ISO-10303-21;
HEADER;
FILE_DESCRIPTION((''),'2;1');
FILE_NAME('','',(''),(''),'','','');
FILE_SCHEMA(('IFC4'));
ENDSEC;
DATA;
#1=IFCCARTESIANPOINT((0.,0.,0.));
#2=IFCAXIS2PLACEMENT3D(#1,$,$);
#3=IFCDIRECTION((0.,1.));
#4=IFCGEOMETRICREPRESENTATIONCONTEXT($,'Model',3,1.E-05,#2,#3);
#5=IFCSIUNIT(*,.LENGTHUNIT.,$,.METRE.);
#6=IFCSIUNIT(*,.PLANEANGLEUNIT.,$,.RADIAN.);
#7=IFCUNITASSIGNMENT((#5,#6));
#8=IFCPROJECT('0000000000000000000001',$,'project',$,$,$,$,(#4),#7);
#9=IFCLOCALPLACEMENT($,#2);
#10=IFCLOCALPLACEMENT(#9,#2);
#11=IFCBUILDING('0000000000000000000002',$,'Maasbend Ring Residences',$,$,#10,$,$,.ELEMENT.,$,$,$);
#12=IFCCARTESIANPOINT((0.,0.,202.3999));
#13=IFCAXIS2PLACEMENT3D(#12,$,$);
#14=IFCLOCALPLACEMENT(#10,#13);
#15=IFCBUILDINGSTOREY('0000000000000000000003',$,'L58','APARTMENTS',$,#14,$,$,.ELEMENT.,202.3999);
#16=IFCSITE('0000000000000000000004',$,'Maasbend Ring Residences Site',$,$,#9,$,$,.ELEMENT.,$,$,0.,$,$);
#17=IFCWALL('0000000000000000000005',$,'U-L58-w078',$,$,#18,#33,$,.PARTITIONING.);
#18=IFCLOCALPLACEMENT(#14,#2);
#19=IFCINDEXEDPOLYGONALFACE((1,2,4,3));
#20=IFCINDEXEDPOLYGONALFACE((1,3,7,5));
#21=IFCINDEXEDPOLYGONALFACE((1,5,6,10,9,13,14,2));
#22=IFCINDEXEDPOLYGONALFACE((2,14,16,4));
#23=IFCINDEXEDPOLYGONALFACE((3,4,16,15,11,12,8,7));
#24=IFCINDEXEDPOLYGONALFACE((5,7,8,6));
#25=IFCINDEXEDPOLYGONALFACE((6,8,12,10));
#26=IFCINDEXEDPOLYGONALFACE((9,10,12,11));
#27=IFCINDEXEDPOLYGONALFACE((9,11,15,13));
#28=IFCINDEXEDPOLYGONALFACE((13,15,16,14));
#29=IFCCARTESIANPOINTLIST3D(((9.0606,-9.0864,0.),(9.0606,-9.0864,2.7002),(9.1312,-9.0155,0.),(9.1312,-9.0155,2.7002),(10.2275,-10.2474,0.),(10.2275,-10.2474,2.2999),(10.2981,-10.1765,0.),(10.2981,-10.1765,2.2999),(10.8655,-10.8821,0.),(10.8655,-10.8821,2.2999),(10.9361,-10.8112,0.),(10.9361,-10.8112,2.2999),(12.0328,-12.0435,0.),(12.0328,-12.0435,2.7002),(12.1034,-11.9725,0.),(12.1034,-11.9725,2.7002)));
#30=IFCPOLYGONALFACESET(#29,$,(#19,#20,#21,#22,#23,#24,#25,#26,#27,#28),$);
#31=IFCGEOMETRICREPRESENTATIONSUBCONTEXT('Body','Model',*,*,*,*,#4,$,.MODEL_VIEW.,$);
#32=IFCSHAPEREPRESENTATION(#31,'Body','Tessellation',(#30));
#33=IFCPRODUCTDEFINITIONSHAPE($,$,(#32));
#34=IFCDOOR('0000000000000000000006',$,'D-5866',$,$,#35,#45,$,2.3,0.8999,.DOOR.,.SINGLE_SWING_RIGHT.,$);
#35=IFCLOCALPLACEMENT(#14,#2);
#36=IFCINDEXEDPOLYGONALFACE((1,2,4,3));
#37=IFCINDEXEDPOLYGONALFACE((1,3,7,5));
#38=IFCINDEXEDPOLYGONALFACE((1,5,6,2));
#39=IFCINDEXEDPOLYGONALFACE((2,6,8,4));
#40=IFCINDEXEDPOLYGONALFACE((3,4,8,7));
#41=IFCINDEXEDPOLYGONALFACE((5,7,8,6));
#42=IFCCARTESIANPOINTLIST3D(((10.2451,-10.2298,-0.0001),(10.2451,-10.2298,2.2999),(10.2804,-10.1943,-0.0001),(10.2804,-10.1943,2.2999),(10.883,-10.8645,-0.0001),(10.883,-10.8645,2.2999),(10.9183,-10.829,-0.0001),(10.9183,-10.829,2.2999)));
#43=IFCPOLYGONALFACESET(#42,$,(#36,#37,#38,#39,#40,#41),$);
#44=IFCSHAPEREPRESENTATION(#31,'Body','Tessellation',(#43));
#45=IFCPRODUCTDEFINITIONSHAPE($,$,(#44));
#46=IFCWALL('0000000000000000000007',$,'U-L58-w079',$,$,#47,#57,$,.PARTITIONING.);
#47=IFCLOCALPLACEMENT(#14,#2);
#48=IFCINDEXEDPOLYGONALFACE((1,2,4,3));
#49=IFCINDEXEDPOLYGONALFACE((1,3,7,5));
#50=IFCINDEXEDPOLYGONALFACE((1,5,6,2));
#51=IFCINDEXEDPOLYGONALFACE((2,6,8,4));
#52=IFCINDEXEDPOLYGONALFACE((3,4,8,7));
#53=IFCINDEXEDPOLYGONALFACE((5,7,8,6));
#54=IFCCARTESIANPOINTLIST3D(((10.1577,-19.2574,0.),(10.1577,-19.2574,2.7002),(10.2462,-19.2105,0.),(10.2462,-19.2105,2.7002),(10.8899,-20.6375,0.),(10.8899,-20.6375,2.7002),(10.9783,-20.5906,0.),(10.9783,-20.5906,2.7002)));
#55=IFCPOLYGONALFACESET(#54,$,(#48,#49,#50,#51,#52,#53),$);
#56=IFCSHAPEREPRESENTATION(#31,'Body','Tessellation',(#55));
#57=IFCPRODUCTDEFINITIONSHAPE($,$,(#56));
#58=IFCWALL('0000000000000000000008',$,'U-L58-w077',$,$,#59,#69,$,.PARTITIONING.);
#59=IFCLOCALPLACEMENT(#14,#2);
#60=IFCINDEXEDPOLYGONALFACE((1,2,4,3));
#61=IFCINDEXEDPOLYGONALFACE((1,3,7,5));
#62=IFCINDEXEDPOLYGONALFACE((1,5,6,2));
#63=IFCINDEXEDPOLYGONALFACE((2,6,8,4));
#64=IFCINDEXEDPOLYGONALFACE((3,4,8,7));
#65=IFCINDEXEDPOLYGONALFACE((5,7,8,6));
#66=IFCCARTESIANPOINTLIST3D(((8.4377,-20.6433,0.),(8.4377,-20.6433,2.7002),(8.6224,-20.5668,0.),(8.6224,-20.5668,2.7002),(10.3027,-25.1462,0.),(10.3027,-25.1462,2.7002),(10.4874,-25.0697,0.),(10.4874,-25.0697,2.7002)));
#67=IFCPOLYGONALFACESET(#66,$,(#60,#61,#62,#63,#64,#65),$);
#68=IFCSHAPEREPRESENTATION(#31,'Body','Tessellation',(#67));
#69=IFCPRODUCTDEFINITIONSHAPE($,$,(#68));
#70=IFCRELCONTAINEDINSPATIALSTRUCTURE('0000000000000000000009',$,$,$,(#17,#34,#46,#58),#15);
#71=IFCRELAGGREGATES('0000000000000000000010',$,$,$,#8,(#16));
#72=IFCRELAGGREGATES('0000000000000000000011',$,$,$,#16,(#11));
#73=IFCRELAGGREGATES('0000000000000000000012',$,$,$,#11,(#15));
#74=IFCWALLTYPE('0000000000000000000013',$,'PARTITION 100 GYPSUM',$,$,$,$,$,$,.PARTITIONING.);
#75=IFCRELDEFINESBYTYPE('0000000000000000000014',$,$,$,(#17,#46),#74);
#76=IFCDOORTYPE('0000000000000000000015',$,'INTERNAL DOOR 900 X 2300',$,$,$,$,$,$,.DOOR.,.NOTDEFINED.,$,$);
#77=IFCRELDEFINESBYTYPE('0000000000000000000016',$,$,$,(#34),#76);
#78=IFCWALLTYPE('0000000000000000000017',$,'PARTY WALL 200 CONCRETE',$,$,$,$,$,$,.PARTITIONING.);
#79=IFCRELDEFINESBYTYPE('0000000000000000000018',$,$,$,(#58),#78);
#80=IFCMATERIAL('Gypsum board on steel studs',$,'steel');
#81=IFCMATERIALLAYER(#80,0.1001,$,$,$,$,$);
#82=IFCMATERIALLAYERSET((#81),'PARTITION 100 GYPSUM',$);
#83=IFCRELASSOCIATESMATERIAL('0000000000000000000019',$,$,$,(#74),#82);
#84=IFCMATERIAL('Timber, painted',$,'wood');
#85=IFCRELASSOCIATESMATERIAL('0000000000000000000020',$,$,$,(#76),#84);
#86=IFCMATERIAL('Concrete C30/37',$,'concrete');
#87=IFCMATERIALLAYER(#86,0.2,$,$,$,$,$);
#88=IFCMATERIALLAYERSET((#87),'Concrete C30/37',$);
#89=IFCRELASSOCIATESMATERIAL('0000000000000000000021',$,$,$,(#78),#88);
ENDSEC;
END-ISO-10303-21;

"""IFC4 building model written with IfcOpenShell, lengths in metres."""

from ifc_helpers import new_model, si_unit, direction, frame, frame_2d, origin, place, context, subcontext, project, spatial, rectangle, extrude, material, layer, layer_set, type_object, element, fill, save


model = new_model("IFC4")

# Units and contexts
model_context = context("Model", 3, precision=1e-05, world=origin(), true_north=direction((0.0, 1.0)))
body_context = subcontext(model_context, "Body", "Model", "MODEL_VIEW")
ifc_project = project(units=[si_unit("LENGTHUNIT", "METRE"), si_unit("PLANEANGLEUNIT", "RADIAN")], contexts=[model_context])

# Site, building, storey
site_placement = place(None, origin())
site = spatial("IfcSite", under=ifc_project, at=site_placement, Name="Maasbend Ring Residences Site", CompositionType="ELEMENT", RefElevation=0.0)
building_placement = place(site_placement, origin())
building = spatial("IfcBuilding", under=site, at=building_placement, Name="Maasbend Ring Residences", CompositionType="ELEMENT")
storey_placement = place(building_placement, frame((0.0, 0.0, 202.3999)))
storey = spatial("IfcBuildingStorey", under=building, at=storey_placement, Name="L58", Description="APARTMENTS", CompositionType="ELEMENT", Elevation=202.3999)

# Shared definitions
ifc_material_1 = material(Name="Gypsum board on steel studs", Category="steel")
ifc_layer_1 = layer(ifc_material_1, 0.1001)
ifc_layer_set_1 = layer_set([ifc_layer_1], Name="PARTITION 100 GYPSUM")
wall_type_1 = type_object("IfcWallType", Name="PARTITION 100 GYPSUM", PredefinedType="PARTITIONING", material=ifc_layer_set_1)

# Wall, opening, door
ifc_material_2 = material(Name="Timber, painted", Category="wood")
door_type_1 = type_object("IfcDoorType", Name="INTERNAL DOOR 900 X 2300", OperationType="NOTDEFINED", PredefinedType="DOOR", material=ifc_material_2)
wall_1_placement = place(storey_placement, frame((9.0959, -9.051, 0.0), z_axis=(0.0, 0.0, 1.0), x_axis=(0.70891, -0.705299, 0.0)))
wall_1 = element("IfcWall", 1, at=wall_1_placement, inside=storey, type_object=wall_type_1, Name="U-L58-w078", PredefinedType="PARTITIONING", context=body_context, shape_type="SweptSolid", body=[
    extrude(rectangle(XDim=4.1926, YDim=0.1001, at=frame_2d((2.0962, 0.0))), origin(), (0.0, 0.0, 1.0), 2.7002),
])
opening_1_placement = place(wall_1_placement, frame((1.646, 0.0, 0.0)))
opening_1 = element("IfcOpeningElement", 2, at=opening_1_placement, cuts=wall_1, PredefinedType="OPENING", context=body_context, shape_type="SweptSolid", body=[
    extrude(rectangle(XDim=0.8999, YDim=2.3, at=frame_2d((0.45, 1.1499))), frame((0.0, 0.0601, 0.0), z_axis=(0.0, -1.0, 0.0), x_axis=(1.0, 0.0, 0.0)), (0.0, 0.0, 1.0), 0.1201),
])
door_1_placement = place(opening_1_placement, origin())
door_1 = element("IfcDoor", 3, at=door_1_placement, inside=storey, type_object=door_type_1, Name="D-5866", OperationType="SINGLE_SWING_RIGHT", OverallHeight=2.3, OverallWidth=0.8999, PredefinedType="DOOR", context=body_context, shape_type="SweptSolid", body=[
    extrude(rectangle(XDim=0.8999, YDim=2.3, at=frame_2d((0.45, 1.1499))), frame((0.0, 0.0249, 0.0), z_axis=(0.0, -1.0, 0.0), x_axis=(1.0, 0.0, 0.0)), (0.0, 0.0, 1.0), 0.05),
])
fill(opening_1, door_1)

# Walls
wall_2_placement = place(storey_placement, frame((10.2019, -19.2339, 0.0), z_axis=(0.0, 0.0, 1.0), x_axis=(0.468649, -0.883385, 0.0)))
element("IfcWall", 4, at=wall_2_placement, inside=storey, type_object=wall_type_1, Name="U-L58-w079", PredefinedType="PARTITIONING", context=body_context, shape_type="SweptSolid", body=[
    extrude(rectangle(XDim=1.5623, YDim=0.1001, at=frame_2d((0.7812, 0.0))), origin(), (0.0, 0.0, 1.0), 2.7002),
])
ifc_material_3 = material(Name="Concrete C30/37", Category="concrete")
ifc_layer_2 = layer(ifc_material_3, 0.2)
ifc_layer_set_2 = layer_set([ifc_layer_2], Name="Concrete C30/37")
wall_type_2 = type_object("IfcWallType", Name="PARTY WALL 200 CONCRETE", PredefinedType="PARTITIONING", material=ifc_layer_set_2)
wall_3_placement = place(storey_placement, frame((8.53, -20.605, 0.0), z_axis=(0.0, 0.0, 1.0), x_axis=(0.382651, -0.923893, 0.0)))
element("IfcWall", 5, at=wall_3_placement, inside=storey, type_object=wall_type_2, Name="U-L58-w077", PredefinedType="PARTITIONING", context=body_context, shape_type="SweptSolid", body=[
    extrude(rectangle(XDim=4.8738, YDim=0.2, at=frame_2d((2.437, 0.0))), origin(), (0.0, 0.0, 1.0), 2.7002),
])

save(model, "model.ifc")
